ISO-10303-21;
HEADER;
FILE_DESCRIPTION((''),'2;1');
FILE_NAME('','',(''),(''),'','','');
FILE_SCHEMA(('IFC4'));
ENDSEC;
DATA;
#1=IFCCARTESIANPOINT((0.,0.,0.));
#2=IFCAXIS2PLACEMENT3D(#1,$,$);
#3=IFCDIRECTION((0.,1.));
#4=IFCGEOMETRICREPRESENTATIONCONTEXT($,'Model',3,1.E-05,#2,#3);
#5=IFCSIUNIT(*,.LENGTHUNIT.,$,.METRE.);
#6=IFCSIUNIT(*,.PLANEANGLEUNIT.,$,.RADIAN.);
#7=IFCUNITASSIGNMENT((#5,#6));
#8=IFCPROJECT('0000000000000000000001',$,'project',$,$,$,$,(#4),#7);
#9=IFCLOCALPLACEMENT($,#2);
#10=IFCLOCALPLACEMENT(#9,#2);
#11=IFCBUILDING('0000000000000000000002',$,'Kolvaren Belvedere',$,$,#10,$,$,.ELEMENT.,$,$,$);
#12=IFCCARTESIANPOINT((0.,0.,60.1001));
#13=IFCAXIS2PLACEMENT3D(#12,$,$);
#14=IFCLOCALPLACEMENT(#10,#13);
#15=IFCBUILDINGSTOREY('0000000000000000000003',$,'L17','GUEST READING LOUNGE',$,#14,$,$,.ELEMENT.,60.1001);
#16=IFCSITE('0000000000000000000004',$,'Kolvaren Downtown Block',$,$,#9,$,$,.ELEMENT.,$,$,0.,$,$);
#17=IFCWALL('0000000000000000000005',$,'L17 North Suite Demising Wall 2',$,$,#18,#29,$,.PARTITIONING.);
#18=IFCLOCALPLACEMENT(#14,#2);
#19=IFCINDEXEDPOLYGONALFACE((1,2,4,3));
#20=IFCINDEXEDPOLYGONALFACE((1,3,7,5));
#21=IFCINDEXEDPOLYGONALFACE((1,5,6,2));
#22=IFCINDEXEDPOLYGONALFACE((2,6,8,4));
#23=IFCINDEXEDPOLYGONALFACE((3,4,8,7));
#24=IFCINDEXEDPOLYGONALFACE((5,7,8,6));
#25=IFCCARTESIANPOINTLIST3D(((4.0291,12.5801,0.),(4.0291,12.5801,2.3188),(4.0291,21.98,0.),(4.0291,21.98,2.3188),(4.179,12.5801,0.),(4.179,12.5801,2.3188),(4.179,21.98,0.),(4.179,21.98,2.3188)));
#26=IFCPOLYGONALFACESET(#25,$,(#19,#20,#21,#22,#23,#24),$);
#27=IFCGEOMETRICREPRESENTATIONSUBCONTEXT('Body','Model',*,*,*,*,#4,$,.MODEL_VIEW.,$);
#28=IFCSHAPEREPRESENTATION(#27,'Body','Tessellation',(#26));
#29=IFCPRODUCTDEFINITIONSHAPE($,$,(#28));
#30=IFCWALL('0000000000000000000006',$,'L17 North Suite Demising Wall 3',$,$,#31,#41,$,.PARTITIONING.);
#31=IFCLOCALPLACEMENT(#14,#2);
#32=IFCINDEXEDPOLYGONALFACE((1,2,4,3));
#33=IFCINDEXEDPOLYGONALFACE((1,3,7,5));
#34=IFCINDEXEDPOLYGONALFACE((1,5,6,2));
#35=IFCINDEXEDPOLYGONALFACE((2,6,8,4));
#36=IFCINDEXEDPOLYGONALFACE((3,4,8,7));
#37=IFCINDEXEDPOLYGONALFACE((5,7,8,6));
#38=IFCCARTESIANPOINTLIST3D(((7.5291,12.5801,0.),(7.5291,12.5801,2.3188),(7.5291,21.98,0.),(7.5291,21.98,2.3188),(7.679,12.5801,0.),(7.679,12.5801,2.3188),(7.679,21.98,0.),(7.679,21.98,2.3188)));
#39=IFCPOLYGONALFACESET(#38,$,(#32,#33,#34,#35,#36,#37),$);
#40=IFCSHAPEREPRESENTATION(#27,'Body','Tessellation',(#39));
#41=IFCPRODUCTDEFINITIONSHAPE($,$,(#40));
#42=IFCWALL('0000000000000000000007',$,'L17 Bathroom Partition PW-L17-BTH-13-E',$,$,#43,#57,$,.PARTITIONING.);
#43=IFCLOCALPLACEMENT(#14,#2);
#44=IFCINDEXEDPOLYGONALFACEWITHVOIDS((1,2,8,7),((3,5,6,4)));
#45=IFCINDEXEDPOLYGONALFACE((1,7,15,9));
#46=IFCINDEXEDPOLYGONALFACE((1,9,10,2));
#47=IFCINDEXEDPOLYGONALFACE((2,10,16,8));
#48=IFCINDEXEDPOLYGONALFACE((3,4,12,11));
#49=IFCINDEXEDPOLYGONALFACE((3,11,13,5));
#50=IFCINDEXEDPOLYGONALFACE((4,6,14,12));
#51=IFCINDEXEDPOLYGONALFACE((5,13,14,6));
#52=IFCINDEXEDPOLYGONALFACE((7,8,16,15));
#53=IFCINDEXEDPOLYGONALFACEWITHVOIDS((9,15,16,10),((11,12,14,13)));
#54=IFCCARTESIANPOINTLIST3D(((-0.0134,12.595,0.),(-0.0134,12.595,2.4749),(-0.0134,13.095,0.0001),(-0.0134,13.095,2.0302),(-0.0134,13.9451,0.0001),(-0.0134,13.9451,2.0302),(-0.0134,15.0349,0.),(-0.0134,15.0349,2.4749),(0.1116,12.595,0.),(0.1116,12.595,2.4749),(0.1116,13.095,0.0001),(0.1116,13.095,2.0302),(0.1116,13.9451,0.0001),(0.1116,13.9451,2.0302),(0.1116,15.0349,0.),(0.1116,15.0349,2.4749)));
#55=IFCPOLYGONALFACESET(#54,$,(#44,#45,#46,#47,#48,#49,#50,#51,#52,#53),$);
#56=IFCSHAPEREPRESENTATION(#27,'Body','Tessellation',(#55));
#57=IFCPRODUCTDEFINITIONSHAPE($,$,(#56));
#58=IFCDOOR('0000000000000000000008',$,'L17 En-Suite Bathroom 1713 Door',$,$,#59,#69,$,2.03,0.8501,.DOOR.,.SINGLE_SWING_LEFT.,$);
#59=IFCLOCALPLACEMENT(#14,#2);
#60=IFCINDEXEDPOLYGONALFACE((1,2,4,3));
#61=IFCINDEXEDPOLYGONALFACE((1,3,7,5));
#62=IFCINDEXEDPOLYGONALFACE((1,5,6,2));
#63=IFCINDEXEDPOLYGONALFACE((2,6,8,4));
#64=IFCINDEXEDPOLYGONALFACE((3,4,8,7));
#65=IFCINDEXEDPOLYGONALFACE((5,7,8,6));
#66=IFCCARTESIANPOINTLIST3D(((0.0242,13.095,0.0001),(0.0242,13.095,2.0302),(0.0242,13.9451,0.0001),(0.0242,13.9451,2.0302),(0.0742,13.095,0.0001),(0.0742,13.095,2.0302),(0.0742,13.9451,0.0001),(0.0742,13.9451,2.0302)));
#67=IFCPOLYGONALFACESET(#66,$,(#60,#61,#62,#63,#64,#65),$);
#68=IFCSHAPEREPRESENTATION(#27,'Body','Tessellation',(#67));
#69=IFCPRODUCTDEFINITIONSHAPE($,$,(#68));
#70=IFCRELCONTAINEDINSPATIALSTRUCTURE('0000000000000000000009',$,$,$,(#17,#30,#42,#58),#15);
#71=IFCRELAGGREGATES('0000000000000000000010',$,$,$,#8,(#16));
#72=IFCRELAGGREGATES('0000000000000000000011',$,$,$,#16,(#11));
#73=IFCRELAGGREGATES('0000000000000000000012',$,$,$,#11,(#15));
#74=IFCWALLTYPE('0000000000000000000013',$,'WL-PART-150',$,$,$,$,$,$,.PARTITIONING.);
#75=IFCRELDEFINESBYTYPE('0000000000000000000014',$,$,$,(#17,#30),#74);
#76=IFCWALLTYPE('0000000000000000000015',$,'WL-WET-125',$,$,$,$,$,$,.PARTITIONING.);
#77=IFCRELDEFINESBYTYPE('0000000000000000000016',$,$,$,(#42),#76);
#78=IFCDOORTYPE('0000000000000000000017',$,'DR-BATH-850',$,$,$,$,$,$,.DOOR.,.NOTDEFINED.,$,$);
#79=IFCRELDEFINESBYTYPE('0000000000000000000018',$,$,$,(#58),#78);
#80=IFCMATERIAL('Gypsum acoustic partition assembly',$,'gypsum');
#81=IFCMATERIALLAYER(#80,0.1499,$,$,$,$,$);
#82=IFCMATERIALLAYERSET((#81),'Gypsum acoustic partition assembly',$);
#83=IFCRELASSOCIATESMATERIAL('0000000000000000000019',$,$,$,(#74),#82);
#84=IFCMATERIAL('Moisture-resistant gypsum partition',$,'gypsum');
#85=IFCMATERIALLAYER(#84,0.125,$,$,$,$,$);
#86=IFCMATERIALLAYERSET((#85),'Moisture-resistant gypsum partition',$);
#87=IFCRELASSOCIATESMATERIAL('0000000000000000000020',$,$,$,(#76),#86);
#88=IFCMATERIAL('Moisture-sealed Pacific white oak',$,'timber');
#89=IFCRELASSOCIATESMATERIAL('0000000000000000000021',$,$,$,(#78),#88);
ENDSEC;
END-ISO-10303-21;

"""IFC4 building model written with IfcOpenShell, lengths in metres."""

from ifc_helpers import new_model, si_unit, direction, frame, frame_2d, origin, place, context, subcontext, project, spatial, rectangle, extrude, material, layer, layer_set, type_object, element, fill, save


model = new_model("IFC4")

# Units and contexts
model_context = context("Model", 3, precision=1e-05, world=origin(), true_north=direction((0.0, 1.0)))
body_context = subcontext(model_context, "Body", "Model", "MODEL_VIEW")
ifc_project = project(units=[si_unit("LENGTHUNIT", "METRE"), si_unit("PLANEANGLEUNIT", "RADIAN")], contexts=[model_context])

# Site, building, storey
site_placement = place(None, origin())
site = spatial("IfcSite", under=ifc_project, at=site_placement, Name="Kolvaren Downtown Block", CompositionType="ELEMENT", RefElevation=0.0)
building_placement = place(site_placement, origin())
building = spatial("IfcBuilding", under=site, at=building_placement, Name="Kolvaren Belvedere", CompositionType="ELEMENT")
storey_placement = place(building_placement, frame((0.0, 0.0, 60.1001)))
storey = spatial("IfcBuildingStorey", under=building, at=storey_placement, Name="L17", Description="GUEST READING LOUNGE", CompositionType="ELEMENT", Elevation=60.1001)

# Walls
ifc_material_1 = material(Name="Gypsum acoustic partition assembly", Category="gypsum")
ifc_layer_1 = layer(ifc_material_1, 0.1499)
ifc_layer_set_1 = layer_set([ifc_layer_1], Name="Gypsum acoustic partition assembly")
wall_type_1 = type_object("IfcWallType", Name="WL-PART-150", PredefinedType="PARTITIONING", material=ifc_layer_set_1)
for number, where, z_axis, x_axis, name in (
    (1, (4.104, 12.5801, 0.0), (0.0, 0.0, 1.0), (0.0, 1.0, 0.0), "L17 North Suite Demising Wall 2"),
    (2, (7.604, 12.5801, 0.0), (0.0, 0.0, 1.0), (0.0, 1.0, 0.0), "L17 North Suite Demising Wall 3"),
):
    element("IfcWall", number, at=place(storey_placement, frame(where, z_axis=z_axis, x_axis=x_axis)), inside=storey, type_object=wall_type_1, Name=name, PredefinedType="PARTITIONING", context=body_context, shape_type="SweptSolid", body=[
        extrude(rectangle(XDim=9.3999, YDim=0.1499, at=frame_2d((4.7, 0.0))), origin(), (0.0, 0.0, 1.0), 2.3188),
    ])

# Wall, opening, door
ifc_material_2 = material(Name="Moisture-resistant gypsum partition", Category="gypsum")
ifc_layer_2 = layer(ifc_material_2, 0.125)
ifc_layer_set_2 = layer_set([ifc_layer_2], Name="Moisture-resistant gypsum partition")
wall_type_2 = type_object("IfcWallType", Name="WL-WET-125", PredefinedType="PARTITIONING", material=ifc_layer_set_2)
wall_1_placement = place(storey_placement, frame((0.0491, 12.595, 0.0), z_axis=(0.0, 0.0, 1.0), x_axis=(0.0, 1.0, 0.0)))
wall_1 = element("IfcWall", 3, at=wall_1_placement, inside=storey, type_object=wall_type_2, Name="L17 Bathroom Partition PW-L17-BTH-13-E", PredefinedType="PARTITIONING", context=body_context, shape_type="SweptSolid", body=[
    extrude(rectangle(XDim=2.4399, YDim=0.125, at=frame_2d((1.22, 0.0))), origin(), (0.0, 0.0, 1.0), 2.4749),
])
opening_1_placement = place(wall_1_placement, frame((0.5, 0.0, 0.0)))
opening_1 = element("IfcOpeningElement", 4, at=opening_1_placement, cuts=wall_1, PredefinedType="OPENING", context=body_context, shape_type="SweptSolid", body=[
    extrude(rectangle(XDim=0.8501, YDim=2.03, at=frame_2d((0.425, 1.0151))), frame((0.0, 0.0725, 0.0), z_axis=(0.0, -1.0, 0.0), x_axis=(1.0, 0.0, 0.0)), (0.0, 0.0, 1.0), 0.145),
])
ifc_material_3 = material(Name="Moisture-sealed Pacific white oak", Category="timber")
door_type_1 = type_object("IfcDoorType", Name="DR-BATH-850", OperationType="NOTDEFINED", PredefinedType="DOOR", material=ifc_material_3)
door_1_placement = place(opening_1_placement, origin())
door_1 = element("IfcDoor", 5, at=door_1_placement, inside=storey, type_object=door_type_1, Name="L17 En-Suite Bathroom 1713 Door", OperationType="SINGLE_SWING_LEFT", OverallHeight=2.03, OverallWidth=0.8501, PredefinedType="DOOR", context=body_context, shape_type="SweptSolid", body=[
    extrude(rectangle(XDim=0.8501, YDim=2.03, at=frame_2d((0.425, 1.0151))), frame((0.0, 0.0249, 0.0), z_axis=(0.0, -1.0, 0.0), x_axis=(1.0, 0.0, 0.0)), (0.0, 0.0, 1.0), 0.05),
])
fill(opening_1, door_1)

save(model, "model.ifc")
